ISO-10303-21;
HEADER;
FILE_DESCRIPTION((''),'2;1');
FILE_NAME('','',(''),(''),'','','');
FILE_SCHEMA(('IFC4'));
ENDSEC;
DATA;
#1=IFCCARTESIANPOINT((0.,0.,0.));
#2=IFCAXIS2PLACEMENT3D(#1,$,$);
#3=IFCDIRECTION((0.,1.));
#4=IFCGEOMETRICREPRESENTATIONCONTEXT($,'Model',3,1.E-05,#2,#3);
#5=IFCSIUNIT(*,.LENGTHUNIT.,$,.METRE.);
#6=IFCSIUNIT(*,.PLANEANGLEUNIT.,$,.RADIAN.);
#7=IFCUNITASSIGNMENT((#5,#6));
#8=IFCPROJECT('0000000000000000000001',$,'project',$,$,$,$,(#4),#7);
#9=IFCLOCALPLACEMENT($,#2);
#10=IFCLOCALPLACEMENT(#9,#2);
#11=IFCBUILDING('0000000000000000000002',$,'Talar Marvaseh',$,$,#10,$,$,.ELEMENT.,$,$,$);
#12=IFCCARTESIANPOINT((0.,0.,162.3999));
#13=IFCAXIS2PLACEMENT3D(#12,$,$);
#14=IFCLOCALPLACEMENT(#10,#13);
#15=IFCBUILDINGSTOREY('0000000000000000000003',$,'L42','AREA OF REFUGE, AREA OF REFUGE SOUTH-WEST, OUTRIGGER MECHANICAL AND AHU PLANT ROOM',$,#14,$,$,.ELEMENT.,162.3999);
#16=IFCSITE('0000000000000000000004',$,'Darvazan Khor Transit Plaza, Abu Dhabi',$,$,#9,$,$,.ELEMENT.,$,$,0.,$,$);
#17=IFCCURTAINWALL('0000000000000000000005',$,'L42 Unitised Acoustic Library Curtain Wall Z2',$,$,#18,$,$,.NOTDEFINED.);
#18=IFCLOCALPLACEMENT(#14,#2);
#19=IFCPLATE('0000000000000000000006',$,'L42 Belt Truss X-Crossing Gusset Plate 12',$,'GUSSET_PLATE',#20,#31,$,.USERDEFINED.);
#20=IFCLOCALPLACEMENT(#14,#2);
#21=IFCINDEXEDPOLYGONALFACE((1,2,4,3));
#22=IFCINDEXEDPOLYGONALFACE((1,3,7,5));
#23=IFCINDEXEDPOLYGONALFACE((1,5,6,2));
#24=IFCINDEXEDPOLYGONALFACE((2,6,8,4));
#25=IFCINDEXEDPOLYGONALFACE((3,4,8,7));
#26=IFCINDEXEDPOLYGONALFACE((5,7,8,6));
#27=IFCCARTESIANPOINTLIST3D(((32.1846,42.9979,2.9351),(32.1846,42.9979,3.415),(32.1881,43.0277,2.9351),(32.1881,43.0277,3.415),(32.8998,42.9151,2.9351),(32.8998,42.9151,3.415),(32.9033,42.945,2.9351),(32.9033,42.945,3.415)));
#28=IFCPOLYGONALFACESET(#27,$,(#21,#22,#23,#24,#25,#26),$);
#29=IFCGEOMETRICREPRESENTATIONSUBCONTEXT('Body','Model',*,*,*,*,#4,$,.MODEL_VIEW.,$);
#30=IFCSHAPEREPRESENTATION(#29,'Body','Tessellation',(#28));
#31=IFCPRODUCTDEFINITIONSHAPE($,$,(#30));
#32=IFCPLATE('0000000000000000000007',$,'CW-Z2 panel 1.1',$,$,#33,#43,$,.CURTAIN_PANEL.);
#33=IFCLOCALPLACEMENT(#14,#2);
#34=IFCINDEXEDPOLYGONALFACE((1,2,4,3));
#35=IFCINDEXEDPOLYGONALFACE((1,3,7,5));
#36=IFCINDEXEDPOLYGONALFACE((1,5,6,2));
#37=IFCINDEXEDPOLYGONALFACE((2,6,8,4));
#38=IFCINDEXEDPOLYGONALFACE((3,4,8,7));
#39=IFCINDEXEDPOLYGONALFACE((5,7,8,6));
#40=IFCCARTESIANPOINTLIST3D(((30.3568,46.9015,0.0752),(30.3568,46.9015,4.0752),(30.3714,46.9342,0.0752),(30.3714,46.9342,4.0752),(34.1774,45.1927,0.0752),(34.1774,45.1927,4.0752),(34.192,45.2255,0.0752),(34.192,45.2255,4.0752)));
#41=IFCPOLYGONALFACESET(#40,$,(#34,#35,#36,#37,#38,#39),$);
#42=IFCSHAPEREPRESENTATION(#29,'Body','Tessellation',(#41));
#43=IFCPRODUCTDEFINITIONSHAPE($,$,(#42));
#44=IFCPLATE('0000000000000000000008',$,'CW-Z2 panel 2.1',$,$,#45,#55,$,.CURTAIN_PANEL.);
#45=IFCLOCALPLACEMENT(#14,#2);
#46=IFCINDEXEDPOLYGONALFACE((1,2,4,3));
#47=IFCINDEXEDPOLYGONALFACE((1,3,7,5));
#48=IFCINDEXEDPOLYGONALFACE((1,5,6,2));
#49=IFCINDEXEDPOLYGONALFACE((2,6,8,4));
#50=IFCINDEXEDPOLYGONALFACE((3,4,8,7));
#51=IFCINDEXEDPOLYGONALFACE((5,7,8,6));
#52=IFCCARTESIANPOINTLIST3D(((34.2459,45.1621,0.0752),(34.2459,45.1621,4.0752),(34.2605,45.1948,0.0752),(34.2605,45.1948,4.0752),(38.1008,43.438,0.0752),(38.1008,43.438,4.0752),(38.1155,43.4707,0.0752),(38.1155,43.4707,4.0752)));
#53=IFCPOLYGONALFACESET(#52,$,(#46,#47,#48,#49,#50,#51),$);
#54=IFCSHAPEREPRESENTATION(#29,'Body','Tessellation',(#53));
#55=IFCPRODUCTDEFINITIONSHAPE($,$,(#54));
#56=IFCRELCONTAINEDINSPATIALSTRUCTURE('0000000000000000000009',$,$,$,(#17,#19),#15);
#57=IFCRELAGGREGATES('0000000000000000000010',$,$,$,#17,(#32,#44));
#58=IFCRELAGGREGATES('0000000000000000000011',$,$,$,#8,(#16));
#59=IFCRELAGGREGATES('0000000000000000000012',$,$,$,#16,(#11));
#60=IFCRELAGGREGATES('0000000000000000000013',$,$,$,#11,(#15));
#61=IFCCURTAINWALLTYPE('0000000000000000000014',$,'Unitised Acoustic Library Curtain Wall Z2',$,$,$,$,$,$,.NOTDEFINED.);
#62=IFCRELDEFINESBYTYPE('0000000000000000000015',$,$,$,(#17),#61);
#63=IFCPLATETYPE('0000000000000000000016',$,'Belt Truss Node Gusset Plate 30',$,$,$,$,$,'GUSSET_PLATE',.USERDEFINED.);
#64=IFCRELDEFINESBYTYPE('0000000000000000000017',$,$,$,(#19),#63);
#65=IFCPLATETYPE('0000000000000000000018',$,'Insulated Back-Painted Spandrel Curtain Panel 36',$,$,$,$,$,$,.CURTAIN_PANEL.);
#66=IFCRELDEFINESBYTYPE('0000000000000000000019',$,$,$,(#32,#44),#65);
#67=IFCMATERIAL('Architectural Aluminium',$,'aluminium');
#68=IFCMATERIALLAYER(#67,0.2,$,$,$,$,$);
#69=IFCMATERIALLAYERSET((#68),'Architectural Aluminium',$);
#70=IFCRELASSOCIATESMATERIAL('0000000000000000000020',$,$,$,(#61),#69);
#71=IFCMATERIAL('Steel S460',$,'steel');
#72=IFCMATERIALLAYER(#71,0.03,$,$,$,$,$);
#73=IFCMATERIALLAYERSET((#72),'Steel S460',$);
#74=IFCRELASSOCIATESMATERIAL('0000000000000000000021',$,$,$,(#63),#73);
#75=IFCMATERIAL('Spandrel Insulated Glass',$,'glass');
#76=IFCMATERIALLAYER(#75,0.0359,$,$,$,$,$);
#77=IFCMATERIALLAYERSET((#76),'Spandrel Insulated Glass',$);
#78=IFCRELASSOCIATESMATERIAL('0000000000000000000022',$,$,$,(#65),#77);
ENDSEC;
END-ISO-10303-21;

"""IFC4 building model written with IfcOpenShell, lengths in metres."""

from ifc_helpers import new_model, si_unit, direction, frame, origin, origin_2d, place, context, subcontext, project, spatial, rectangle, extrude, source, transform, mapped, material, layer, layer_set, type_object, type_shapes, element, aggregate, save


model = new_model("IFC4")

# Units and contexts
model_context = context("Model", 3, precision=1e-05, world=origin(), true_north=direction((0.0, 1.0)))
body_context = subcontext(model_context, "Body", "Model", "MODEL_VIEW")
ifc_project = project(units=[si_unit("LENGTHUNIT", "METRE"), si_unit("PLANEANGLEUNIT", "RADIAN")], contexts=[model_context])

# Site, building, storey
site_placement = place(None, origin())
site = spatial("IfcSite", under=ifc_project, at=site_placement, Name="Darvazan Khor Transit Plaza, Abu Dhabi", CompositionType="ELEMENT", RefElevation=0.0)
building_placement = place(site_placement, origin())
building = spatial("IfcBuilding", under=site, at=building_placement, Name="Talar Marvaseh", CompositionType="ELEMENT")
storey_placement = place(building_placement, frame((0.0, 0.0, 162.3999)))
storey = spatial("IfcBuildingStorey", under=building, at=storey_placement, Name="L42", Description="AREA OF REFUGE, AREA OF REFUGE SOUTH-WEST, OUTRIGGER MECHANICAL AND AHU PLANT ROOM", CompositionType="ELEMENT", Elevation=162.3999)

# Shared definitions
ifc_material_1 = material(Name="Steel S460", Category="steel")

# Curtain wall
ifc_material_2 = material(Name="Architectural Aluminium", Category="aluminium")
ifc_layer_1 = layer(ifc_material_2, 0.2)
ifc_layer_set_1 = layer_set([ifc_layer_1], Name="Architectural Aluminium")
curtain_wall_type = type_object("IfcCurtainWallType", Name="Unitised Acoustic Library Curtain Wall Z2", PredefinedType="NOTDEFINED", material=ifc_layer_set_1)
curtain_wall_placement = place(storey_placement, origin())
curtain_wall = element("IfcCurtainWall", 1, at=curtain_wall_placement, inside=storey, type_object=curtain_wall_type, Name="L42 Unitised Acoustic Library Curtain Wall Z2", PredefinedType="NOTDEFINED")

# Plate
ifc_layer_2 = layer(ifc_material_1, 0.03)
ifc_layer_set_2 = layer_set([ifc_layer_2], Name="Steel S460")
plate_type_1 = type_object("IfcPlateType", Name="Belt Truss Node Gusset Plate 30", ElementType="GUSSET_PLATE", PredefinedType="USERDEFINED", material=ifc_layer_set_2)
shared_shape_1 = source(origin(), body_context, "Body", "SweptSolid", [
    extrude(rectangle(XDim=0.72, YDim=0.03, at=origin_2d()), origin(), (0.0, 0.0, 1.0), 0.48),
])
type_shapes(plate_type_1, [shared_shape_1])
plate_1_placement = place(storey_placement, frame((32.5439, 42.9714, 2.9351), z_axis=(0.0, 0.0, 1.0), x_axis=(0.993373, -0.114937, 0.0)))
element("IfcPlate", 2, at=plate_1_placement, inside=storey, type_object=plate_type_1, Name="L42 Belt Truss X-Crossing Gusset Plate 12", ObjectType="GUSSET_PLATE", PredefinedType="USERDEFINED", context=body_context, shape_type="MappedRepresentation", body=[
    mapped(shared_shape_1, transform((0.0, 0.0, 0.0), x_axis=(1.0, 0.0, 0.0), y_axis=(0.0, 1.0, 0.0), z_axis=(0.0, 0.0, 1.0), scale=1.0)),
])

# Plates
ifc_material_3 = material(Name="Spandrel Insulated Glass", Category="glass")
ifc_layer_3 = layer(ifc_material_3, 0.0359)
ifc_layer_set_3 = layer_set([ifc_layer_3], Name="Spandrel Insulated Glass")
plate_type_2 = type_object("IfcPlateType", Name="Insulated Back-Painted Spandrel Curtain Panel 36", PredefinedType="CURTAIN_PANEL", material=ifc_layer_set_3)
shared_shape_2 = source(origin(), body_context, "Body", "SweptSolid", [
    extrude(rectangle(XDim=4.1853, YDim=0.0359, at=origin_2d()), origin(), (0.0, 0.0, 1.0), 4.0),
])
plate_2_placement = place(storey_placement, frame((32.2744, 46.0635, 0.0752), z_axis=(0.0, 0.0, 1.0), x_axis=(0.912861, -0.40827, 0.0)))
plate_2 = element("IfcPlate", 3, at=plate_2_placement, type_object=plate_type_2, Name="CW-Z2 panel 1.1", PredefinedType="CURTAIN_PANEL", context=body_context, shape_type="MappedRepresentation", body=[
    mapped(shared_shape_2, transform((0.0, 0.0, 0.0), x_axis=(1.0, 0.0, 0.0), y_axis=(0.0, 1.0, 0.0), z_axis=(0.0, 0.0, 1.0), scale=1.0)),
])
shared_shape_3 = source(origin(), body_context, "Body", "SweptSolid", [
    extrude(rectangle(XDim=4.2229, YDim=0.0359, at=origin_2d()), origin(), (0.0, 0.0, 1.0), 4.0),
])
type_shapes(plate_type_2, [shared_shape_2, shared_shape_3])
plate_3_placement = place(storey_placement, frame((36.1807, 44.3164, 0.0752), z_axis=(0.0, 0.0, 1.0), x_axis=(0.912861, -0.40827, 0.0)))
plate_3 = element("IfcPlate", 4, at=plate_3_placement, type_object=plate_type_2, Name="CW-Z2 panel 2.1", PredefinedType="CURTAIN_PANEL", context=body_context, shape_type="MappedRepresentation", body=[
    mapped(shared_shape_3, transform((0.0, 0.0, 0.0), x_axis=(1.0, 0.0, 0.0), y_axis=(0.0, 1.0, 0.0), z_axis=(0.0, 0.0, 1.0), scale=1.0)),
])
aggregate(curtain_wall, [plate_2, plate_3])

save(model, "model.ifc")
